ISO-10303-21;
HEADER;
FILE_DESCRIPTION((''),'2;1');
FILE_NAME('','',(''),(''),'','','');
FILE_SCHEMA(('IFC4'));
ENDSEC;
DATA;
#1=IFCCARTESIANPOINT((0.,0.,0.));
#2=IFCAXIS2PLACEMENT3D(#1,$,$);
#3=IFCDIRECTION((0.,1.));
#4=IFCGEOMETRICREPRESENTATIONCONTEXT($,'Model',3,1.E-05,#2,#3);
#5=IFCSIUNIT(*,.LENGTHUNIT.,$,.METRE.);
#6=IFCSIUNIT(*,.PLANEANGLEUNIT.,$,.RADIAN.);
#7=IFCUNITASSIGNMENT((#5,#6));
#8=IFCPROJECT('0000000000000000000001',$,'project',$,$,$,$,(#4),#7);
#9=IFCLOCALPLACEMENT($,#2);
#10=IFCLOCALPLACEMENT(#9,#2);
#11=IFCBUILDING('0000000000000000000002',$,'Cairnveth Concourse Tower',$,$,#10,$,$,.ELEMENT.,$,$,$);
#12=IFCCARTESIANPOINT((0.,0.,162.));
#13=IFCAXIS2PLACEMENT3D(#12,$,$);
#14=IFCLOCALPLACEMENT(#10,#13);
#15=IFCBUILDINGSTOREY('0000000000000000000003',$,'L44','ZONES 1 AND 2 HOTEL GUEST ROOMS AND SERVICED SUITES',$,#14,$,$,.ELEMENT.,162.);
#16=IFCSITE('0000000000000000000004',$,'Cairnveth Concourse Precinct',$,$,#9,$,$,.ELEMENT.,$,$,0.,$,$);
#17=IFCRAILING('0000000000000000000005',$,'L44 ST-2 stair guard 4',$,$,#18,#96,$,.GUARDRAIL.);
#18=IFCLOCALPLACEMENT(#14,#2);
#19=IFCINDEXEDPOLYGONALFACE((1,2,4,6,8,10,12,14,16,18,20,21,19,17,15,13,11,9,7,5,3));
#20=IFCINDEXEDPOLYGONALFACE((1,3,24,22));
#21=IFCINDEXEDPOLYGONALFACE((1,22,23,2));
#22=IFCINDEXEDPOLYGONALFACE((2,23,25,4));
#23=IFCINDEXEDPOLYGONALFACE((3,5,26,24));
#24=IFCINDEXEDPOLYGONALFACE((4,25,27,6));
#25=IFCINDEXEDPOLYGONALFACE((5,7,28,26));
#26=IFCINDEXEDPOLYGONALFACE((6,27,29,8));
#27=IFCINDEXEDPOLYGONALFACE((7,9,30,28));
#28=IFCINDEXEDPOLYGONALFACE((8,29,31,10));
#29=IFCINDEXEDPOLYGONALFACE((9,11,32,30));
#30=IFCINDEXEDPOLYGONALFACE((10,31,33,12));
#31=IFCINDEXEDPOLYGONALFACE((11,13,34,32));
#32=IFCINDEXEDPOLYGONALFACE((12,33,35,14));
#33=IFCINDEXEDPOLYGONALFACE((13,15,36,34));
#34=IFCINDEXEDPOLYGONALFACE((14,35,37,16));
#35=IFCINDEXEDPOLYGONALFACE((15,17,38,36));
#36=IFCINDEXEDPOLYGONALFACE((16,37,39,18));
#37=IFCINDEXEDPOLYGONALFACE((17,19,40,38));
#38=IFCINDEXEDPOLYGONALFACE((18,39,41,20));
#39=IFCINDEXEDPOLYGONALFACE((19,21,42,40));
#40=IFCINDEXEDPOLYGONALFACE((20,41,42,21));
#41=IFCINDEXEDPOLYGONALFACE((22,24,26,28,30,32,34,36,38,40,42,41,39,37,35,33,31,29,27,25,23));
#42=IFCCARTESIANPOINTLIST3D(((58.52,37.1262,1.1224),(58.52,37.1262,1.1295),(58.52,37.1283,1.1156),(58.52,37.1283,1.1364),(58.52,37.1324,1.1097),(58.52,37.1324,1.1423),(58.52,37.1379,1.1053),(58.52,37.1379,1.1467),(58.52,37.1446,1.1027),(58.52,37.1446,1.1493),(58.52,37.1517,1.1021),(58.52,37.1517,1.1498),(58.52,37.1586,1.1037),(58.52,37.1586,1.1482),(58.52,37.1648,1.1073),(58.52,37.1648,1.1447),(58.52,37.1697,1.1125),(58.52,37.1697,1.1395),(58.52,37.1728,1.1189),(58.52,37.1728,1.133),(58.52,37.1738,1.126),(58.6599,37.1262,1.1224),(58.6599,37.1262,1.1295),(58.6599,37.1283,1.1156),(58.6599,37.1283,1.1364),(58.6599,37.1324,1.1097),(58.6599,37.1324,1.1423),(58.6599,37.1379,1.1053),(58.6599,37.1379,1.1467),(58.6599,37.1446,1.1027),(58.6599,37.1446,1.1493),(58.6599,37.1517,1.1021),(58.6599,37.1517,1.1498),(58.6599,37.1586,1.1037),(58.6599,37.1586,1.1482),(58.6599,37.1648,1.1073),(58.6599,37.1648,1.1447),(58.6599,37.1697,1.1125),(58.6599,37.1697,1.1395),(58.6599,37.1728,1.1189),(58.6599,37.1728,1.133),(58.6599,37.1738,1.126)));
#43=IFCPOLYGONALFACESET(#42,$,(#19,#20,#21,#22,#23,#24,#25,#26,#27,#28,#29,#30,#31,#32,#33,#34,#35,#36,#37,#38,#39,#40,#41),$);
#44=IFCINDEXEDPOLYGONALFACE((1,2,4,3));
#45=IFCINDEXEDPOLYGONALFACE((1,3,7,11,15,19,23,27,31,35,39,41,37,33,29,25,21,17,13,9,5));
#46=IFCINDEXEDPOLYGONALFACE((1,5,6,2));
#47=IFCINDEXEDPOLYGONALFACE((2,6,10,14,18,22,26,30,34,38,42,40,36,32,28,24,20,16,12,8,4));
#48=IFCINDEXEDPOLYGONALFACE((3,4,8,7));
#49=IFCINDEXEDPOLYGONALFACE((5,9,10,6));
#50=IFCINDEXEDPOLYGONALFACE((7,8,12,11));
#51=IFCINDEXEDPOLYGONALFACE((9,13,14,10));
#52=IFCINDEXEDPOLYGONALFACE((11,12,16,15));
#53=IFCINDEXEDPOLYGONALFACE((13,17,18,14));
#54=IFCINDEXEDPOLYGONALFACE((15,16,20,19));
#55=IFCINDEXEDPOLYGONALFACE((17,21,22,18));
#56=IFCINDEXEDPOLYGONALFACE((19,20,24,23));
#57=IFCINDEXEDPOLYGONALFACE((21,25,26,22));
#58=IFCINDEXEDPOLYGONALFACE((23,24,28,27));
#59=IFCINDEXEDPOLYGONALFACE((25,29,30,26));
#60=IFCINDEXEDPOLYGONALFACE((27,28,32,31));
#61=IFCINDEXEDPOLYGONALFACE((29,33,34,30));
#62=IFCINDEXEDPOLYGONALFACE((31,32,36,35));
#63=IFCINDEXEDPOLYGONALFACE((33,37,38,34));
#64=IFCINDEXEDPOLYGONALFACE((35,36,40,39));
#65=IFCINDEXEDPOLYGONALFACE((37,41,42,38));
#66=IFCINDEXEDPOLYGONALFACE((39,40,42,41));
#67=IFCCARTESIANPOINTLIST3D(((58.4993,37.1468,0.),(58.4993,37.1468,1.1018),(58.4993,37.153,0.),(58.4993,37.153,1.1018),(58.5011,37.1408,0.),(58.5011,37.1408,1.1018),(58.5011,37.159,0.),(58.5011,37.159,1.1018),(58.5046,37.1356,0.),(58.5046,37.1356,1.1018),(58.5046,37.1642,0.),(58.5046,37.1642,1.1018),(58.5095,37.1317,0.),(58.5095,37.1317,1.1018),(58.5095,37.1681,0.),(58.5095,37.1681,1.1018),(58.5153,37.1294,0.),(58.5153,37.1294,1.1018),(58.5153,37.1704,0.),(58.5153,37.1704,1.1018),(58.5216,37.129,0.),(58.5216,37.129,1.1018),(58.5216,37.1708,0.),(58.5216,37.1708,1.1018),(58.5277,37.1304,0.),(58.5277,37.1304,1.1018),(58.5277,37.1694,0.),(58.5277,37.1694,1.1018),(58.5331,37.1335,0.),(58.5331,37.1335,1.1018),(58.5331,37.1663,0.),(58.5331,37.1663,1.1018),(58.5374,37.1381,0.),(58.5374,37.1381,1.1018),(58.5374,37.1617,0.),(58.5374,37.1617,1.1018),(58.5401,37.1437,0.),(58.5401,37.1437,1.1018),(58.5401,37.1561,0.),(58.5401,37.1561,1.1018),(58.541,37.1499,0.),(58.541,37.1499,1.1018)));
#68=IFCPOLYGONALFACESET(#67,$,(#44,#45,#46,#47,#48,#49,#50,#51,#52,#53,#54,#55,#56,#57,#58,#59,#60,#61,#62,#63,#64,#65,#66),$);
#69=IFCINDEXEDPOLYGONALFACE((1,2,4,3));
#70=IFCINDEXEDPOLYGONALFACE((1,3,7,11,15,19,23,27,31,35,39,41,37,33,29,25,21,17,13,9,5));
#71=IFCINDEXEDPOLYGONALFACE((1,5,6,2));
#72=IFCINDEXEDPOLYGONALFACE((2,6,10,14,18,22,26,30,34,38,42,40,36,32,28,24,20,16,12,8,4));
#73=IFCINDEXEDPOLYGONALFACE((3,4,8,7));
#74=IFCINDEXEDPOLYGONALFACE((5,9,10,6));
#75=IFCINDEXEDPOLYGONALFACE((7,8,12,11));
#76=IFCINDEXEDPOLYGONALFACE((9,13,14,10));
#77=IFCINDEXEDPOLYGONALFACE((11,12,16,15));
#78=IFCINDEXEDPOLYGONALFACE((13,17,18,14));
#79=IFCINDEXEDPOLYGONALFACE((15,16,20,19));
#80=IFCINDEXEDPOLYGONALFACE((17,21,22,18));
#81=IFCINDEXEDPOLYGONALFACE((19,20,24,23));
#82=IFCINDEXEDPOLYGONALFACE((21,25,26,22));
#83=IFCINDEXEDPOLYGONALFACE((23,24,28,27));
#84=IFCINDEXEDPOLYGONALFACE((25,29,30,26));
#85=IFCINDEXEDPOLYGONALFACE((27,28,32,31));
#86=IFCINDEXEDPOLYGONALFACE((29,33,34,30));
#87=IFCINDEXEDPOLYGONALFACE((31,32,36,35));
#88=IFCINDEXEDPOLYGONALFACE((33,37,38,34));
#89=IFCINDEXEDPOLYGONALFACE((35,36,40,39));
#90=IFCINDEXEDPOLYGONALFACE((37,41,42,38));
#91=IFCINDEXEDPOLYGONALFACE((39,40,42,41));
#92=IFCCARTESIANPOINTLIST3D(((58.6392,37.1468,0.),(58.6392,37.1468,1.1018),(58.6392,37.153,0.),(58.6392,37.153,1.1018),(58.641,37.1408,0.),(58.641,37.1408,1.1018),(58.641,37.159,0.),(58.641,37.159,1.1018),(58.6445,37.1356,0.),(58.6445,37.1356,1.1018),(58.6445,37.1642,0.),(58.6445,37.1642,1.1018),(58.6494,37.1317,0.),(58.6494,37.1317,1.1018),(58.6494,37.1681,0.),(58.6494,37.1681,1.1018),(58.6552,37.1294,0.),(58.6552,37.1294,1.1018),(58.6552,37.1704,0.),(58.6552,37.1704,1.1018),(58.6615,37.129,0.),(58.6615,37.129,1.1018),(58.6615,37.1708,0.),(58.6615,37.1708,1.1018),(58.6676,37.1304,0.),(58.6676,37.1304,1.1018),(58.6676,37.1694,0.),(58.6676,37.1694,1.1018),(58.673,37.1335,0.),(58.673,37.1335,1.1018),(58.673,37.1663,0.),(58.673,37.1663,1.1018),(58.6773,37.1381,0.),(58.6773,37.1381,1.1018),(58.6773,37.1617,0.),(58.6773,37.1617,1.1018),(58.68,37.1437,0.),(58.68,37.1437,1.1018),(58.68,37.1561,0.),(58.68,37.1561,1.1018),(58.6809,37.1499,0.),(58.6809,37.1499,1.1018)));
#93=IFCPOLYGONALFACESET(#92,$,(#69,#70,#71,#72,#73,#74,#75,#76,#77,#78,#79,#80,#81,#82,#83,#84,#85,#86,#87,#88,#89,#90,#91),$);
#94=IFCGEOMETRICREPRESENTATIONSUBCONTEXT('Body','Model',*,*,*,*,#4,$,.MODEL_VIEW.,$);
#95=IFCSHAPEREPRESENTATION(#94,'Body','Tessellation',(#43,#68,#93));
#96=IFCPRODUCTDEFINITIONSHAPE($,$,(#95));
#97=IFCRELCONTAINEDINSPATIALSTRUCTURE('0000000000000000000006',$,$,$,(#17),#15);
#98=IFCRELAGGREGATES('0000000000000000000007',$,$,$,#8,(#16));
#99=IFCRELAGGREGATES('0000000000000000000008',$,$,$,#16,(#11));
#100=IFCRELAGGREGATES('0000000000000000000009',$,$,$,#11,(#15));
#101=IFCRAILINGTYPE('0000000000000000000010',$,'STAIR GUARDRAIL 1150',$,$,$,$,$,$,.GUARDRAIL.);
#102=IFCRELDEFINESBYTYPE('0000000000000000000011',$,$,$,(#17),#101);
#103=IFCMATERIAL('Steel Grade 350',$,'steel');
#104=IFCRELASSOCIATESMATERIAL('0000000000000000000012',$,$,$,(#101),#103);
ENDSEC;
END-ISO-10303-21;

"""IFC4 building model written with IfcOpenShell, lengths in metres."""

from ifc_helpers import new_model, si_unit, direction, frame, origin, origin_2d, place, context, subcontext, project, spatial, circle, extrude, material, type_object, element, save


model = new_model("IFC4")

# Units and contexts
model_context = context("Model", 3, precision=1e-05, world=origin(), true_north=direction((0.0, 1.0)))
body_context = subcontext(model_context, "Body", "Model", "MODEL_VIEW")
ifc_project = project(units=[si_unit("LENGTHUNIT", "METRE"), si_unit("PLANEANGLEUNIT", "RADIAN")], contexts=[model_context])

# Site, building, storey
site_placement = place(None, origin())
site = spatial("IfcSite", under=ifc_project, at=site_placement, Name="Cairnveth Concourse Precinct", CompositionType="ELEMENT", RefElevation=0.0)
building_placement = place(site_placement, origin())
building = spatial("IfcBuilding", under=site, at=building_placement, Name="Cairnveth Concourse Tower", CompositionType="ELEMENT")
storey_placement = place(building_placement, frame((0.0, 0.0, 162.0)))
storey = spatial("IfcBuildingStorey", under=building, at=storey_placement, Name="L44", Description="ZONES 1 AND 2 HOTEL GUEST ROOMS AND SERVICED SUITES", CompositionType="ELEMENT", Elevation=162.0)

# Shared definitions
ifc_material_1 = material(Name="Steel Grade 350", Category="steel")

# Railing
railing_type_1 = type_object("IfcRailingType", Name="STAIR GUARDRAIL 1150", PredefinedType="GUARDRAIL", material=ifc_material_1)
railing_1_placement = place(storey_placement, frame((58.52, 37.1499, 0.0)))
element("IfcRailing", 1, at=railing_1_placement, inside=storey, type_object=railing_type_1, Name="L44 ST-2 stair guard 4", PredefinedType="GUARDRAIL", context=body_context, shape_type="SweptSolid", body=[
    extrude(circle(Radius=0.0239, at=origin_2d()), frame((0.0, 0.0, 1.126), z_axis=(1.0, 0.0, 0.0), x_axis=(0.0, 1.0, 0.0)), (0.0, 0.0, 1.0), 0.1399),
    extrude(circle(Radius=0.021, at=origin_2d()), origin(), (0.0, 0.0, 1.0), 1.1018),
    extrude(circle(Radius=0.021, at=origin_2d()), frame((0.1399, 0.0, 0.0)), (0.0, 0.0, 1.0), 1.1018),
])

save(model, "model.ifc")
